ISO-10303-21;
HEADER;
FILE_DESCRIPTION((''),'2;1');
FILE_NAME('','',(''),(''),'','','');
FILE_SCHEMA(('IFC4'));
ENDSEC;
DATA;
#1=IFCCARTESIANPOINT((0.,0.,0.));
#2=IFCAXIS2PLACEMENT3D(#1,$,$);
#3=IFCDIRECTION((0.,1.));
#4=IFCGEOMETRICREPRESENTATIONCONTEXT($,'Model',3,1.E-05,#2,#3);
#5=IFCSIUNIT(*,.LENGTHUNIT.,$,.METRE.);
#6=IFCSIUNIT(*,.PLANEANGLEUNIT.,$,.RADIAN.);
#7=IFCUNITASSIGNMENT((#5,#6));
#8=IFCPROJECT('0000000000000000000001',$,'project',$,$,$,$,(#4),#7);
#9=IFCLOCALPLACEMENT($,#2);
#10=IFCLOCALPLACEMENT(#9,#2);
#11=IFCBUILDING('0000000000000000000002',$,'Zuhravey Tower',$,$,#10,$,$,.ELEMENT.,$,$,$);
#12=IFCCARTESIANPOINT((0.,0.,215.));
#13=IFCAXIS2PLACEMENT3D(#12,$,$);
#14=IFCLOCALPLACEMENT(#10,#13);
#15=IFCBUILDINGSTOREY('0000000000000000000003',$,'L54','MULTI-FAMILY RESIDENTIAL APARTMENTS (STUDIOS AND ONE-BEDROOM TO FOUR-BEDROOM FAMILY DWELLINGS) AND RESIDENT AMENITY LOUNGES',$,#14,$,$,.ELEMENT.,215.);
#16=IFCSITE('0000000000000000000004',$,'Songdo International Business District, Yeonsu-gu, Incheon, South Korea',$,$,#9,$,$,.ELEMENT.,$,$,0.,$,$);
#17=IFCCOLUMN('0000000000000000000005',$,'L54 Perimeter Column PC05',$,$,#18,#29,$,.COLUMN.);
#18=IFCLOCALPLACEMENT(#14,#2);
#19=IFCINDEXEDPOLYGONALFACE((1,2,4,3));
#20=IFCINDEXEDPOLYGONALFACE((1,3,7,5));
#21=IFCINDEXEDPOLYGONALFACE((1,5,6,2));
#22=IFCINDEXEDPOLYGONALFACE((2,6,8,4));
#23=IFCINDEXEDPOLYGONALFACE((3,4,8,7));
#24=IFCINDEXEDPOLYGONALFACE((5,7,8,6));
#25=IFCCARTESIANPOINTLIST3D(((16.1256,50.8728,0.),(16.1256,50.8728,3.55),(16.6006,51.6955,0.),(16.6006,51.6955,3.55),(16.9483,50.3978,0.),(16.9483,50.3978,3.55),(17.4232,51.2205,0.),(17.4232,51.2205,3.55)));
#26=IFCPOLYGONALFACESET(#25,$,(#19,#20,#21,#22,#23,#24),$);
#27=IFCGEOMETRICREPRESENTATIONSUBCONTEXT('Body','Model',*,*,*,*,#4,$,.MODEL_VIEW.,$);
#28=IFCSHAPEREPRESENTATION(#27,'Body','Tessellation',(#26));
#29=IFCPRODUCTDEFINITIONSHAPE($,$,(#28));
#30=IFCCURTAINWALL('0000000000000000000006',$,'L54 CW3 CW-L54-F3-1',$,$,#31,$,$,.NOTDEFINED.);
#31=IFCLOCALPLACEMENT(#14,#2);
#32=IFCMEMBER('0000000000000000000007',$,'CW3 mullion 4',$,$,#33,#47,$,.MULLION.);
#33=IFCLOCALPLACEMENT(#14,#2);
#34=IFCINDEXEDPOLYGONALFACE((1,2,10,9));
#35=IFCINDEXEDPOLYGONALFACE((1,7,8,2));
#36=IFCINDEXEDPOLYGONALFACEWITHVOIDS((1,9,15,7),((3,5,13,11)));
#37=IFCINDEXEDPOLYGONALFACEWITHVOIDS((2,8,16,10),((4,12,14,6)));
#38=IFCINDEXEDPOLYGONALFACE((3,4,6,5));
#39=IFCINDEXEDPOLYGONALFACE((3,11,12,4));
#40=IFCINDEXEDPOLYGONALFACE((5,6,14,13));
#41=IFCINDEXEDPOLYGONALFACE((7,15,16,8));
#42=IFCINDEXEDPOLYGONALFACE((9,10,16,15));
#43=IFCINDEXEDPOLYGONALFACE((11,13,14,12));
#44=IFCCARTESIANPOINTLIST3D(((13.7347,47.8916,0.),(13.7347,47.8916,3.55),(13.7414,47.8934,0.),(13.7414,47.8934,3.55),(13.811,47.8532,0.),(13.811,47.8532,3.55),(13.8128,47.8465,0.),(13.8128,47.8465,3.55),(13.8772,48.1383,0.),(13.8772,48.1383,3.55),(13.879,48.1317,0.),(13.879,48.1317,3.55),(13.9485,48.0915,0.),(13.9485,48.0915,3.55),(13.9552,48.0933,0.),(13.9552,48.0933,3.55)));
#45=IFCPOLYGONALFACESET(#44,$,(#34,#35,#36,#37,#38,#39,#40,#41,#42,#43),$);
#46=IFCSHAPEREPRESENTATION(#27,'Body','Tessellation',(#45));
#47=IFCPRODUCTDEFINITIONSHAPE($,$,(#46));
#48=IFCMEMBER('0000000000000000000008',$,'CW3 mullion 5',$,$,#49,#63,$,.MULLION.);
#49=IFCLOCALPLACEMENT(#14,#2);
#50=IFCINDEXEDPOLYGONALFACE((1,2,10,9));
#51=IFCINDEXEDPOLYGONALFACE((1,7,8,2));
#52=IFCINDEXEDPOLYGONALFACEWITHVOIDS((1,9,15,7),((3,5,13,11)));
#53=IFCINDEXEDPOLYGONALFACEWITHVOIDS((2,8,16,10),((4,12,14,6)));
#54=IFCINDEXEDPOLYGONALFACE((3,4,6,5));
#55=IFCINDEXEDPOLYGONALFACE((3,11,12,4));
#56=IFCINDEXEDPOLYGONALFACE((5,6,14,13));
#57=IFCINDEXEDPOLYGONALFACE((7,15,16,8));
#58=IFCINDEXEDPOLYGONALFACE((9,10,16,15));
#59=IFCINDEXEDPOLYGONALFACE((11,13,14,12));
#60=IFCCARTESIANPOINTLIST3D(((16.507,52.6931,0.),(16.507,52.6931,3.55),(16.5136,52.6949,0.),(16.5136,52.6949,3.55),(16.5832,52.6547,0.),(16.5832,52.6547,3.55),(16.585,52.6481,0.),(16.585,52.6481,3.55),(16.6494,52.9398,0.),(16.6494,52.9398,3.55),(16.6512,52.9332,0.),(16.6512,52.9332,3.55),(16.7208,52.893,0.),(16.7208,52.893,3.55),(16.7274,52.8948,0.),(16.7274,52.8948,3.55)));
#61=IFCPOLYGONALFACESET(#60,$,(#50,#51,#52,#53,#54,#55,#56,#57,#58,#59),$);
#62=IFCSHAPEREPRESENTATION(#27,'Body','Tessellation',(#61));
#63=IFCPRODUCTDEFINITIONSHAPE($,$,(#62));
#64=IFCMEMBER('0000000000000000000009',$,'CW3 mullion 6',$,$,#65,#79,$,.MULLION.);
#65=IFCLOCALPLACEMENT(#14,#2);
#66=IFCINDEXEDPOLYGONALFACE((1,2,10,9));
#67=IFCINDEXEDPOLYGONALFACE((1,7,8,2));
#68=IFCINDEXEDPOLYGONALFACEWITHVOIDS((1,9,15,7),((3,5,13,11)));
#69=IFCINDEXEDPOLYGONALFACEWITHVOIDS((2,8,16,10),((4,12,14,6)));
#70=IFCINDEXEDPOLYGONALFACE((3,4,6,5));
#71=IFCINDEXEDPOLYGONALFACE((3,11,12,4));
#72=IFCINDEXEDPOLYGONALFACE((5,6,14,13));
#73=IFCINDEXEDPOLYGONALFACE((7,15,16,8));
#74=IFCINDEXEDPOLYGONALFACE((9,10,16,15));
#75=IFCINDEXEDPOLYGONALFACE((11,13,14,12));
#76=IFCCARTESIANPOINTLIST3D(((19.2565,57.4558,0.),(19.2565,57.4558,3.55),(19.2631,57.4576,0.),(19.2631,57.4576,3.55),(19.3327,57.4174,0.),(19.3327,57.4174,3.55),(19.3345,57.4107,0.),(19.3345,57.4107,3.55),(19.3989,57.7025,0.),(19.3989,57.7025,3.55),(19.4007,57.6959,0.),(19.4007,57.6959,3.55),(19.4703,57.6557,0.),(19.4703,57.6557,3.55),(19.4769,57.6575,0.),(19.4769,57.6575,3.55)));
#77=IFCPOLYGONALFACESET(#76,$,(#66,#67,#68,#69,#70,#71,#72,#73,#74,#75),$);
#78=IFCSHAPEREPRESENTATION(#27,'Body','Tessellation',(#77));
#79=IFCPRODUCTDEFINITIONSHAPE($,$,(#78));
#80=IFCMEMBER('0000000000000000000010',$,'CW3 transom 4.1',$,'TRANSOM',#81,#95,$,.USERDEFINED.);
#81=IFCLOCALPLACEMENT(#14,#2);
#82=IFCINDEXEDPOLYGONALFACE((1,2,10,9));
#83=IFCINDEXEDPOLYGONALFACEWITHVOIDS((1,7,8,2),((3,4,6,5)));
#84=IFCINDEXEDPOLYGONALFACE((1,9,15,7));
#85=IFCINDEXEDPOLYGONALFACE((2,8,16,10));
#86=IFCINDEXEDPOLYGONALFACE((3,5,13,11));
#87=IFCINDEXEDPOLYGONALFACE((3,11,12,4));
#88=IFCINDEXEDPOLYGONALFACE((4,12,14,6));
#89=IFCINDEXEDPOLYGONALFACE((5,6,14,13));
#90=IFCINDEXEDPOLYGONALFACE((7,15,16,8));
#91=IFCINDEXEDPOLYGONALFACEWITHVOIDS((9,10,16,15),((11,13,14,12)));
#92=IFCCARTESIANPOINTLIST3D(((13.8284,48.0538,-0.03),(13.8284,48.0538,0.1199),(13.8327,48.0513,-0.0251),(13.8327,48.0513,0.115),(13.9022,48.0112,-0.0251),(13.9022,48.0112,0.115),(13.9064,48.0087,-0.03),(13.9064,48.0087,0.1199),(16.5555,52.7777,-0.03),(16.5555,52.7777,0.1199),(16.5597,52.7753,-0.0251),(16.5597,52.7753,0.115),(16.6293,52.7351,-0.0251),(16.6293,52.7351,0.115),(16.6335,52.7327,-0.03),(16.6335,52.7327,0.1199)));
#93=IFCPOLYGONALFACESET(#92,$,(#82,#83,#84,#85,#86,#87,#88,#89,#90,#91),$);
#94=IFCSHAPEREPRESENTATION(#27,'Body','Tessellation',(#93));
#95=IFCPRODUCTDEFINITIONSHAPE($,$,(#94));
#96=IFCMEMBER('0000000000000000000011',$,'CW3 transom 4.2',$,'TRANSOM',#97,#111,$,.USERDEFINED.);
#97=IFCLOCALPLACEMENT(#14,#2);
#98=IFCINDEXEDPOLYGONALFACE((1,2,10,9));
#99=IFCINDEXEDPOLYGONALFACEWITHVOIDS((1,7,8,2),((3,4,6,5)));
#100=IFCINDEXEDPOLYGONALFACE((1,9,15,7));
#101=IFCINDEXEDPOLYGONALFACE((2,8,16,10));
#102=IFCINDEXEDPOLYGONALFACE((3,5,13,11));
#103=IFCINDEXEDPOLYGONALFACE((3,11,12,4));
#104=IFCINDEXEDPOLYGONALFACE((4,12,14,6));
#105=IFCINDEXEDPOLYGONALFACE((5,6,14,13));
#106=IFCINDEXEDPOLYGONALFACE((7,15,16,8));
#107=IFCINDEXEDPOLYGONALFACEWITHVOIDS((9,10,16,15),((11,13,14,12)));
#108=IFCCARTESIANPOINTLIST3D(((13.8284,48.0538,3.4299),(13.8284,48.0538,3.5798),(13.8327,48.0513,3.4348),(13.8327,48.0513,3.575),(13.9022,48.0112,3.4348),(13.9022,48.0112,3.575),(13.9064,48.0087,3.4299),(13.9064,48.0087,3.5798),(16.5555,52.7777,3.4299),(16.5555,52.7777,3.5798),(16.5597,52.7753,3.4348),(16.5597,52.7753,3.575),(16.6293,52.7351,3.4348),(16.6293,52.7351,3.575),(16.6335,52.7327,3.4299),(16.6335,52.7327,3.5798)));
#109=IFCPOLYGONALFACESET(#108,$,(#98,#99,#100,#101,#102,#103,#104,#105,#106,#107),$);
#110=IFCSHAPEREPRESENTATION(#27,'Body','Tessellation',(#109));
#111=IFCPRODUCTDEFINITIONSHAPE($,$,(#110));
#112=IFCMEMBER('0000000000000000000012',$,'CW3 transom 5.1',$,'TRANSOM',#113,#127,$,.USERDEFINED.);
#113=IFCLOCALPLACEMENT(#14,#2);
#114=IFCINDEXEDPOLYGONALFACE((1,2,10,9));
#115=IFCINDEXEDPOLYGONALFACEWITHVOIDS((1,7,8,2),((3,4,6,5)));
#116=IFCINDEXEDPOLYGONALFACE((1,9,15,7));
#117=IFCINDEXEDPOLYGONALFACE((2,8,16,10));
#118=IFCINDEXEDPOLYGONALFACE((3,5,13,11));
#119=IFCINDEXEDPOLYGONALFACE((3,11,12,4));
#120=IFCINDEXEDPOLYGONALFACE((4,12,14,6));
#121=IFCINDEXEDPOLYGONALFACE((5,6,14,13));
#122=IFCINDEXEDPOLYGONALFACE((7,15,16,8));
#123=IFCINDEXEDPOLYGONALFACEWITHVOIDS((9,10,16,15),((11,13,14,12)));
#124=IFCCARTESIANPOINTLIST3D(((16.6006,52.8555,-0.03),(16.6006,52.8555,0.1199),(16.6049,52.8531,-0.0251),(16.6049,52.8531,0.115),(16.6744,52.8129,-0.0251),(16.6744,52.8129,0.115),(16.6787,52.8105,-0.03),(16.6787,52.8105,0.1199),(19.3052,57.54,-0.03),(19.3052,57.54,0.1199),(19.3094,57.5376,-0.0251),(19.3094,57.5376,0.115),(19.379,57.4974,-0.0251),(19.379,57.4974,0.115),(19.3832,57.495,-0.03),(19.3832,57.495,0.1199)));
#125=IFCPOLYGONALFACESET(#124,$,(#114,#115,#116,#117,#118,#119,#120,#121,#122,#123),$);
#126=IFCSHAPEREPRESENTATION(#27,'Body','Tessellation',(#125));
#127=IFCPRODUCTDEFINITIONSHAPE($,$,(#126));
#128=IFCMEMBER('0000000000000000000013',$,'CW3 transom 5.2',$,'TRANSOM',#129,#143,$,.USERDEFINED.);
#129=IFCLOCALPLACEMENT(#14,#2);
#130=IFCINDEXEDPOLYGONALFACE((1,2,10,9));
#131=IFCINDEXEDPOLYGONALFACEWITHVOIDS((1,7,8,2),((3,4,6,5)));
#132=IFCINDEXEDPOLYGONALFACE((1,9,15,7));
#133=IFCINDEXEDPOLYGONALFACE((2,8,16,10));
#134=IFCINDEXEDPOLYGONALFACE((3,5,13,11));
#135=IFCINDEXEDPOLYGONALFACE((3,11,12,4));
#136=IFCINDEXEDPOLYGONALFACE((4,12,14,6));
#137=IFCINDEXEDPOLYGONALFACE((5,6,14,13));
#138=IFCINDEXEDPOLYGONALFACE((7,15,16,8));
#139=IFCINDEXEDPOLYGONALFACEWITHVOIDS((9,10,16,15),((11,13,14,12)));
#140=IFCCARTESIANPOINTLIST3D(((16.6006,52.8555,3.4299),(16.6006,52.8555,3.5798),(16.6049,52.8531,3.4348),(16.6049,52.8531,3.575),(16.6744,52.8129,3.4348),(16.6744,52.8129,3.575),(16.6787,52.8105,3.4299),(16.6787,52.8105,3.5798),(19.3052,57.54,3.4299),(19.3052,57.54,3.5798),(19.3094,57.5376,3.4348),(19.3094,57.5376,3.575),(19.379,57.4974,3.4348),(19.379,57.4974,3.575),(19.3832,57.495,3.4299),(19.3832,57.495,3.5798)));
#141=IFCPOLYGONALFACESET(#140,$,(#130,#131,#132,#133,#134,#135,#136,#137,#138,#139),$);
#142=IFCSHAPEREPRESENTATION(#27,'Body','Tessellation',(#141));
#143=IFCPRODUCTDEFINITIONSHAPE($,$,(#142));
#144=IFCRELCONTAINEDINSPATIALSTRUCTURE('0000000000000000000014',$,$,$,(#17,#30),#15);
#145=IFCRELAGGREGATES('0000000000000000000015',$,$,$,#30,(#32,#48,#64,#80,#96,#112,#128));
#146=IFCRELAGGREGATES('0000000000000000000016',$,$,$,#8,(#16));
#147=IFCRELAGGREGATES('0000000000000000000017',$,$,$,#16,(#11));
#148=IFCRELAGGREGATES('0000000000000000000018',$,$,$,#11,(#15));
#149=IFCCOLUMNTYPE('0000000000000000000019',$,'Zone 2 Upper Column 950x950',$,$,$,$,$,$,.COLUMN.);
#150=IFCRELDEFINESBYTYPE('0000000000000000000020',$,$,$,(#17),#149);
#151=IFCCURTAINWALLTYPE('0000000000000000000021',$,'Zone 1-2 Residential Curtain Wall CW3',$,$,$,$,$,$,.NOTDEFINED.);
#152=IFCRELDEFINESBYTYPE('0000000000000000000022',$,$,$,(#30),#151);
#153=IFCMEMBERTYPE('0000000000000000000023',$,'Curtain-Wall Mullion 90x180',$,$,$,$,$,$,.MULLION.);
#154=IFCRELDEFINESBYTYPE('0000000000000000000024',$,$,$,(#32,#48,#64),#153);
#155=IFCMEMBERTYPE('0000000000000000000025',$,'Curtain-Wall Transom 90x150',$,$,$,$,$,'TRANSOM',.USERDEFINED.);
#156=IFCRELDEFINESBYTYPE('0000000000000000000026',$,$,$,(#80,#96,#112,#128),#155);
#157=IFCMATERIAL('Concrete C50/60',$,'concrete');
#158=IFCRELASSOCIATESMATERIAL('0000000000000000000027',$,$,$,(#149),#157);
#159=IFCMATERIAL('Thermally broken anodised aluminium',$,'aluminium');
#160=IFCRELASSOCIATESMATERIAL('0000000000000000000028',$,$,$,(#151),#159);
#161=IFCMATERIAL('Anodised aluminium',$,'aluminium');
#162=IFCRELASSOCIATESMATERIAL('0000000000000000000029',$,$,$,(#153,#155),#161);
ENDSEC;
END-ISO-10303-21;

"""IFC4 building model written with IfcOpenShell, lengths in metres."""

from ifc_helpers import new_model, si_unit, direction, frame, origin, origin_2d, place, context, subcontext, project, spatial, rectangle, hollow_rectangle, extrude, material, material_profile, profile_set, type_object, element, aggregate, save


model = new_model("IFC4")

# Units and contexts
model_context = context("Model", 3, precision=1e-05, world=origin(), true_north=direction((0.0, 1.0)))
body_context = subcontext(model_context, "Body", "Model", "MODEL_VIEW")
ifc_project = project(units=[si_unit("LENGTHUNIT", "METRE"), si_unit("PLANEANGLEUNIT", "RADIAN")], contexts=[model_context])

# Site, building, storey
site_placement = place(None, origin())
site = spatial("IfcSite", under=ifc_project, at=site_placement, Name="Songdo International Business District, Yeonsu-gu, Incheon, South Korea", CompositionType="ELEMENT", RefElevation=0.0)
building_placement = place(site_placement, origin())
building = spatial("IfcBuilding", under=site, at=building_placement, Name="Zuhravey Tower", CompositionType="ELEMENT")
storey_placement = place(building_placement, frame((0.0, 0.0, 215.0)))
storey = spatial("IfcBuildingStorey", under=building, at=storey_placement, Name="L54", Description="MULTI-FAMILY RESIDENTIAL APARTMENTS (STUDIOS AND ONE-BEDROOM TO FOUR-BEDROOM FAMILY DWELLINGS) AND RESIDENT AMENITY LOUNGES", CompositionType="ELEMENT", Elevation=215.0)

# Column
ifc_material_1 = material(Name="Concrete C50/60", Category="concrete")
ifc_material_profile_1 = material_profile(ifc_material_1, rectangle(XDim=0.95, YDim=0.95, at=origin_2d()), Name="RC-950x950")
ifc_profile_set_1 = profile_set([ifc_material_profile_1], Name="Concrete C50/60")
column_type = type_object("IfcColumnType", Name="Zone 2 Upper Column 950x950", PredefinedType="COLUMN", material=ifc_profile_set_1)
column_placement = place(storey_placement, frame((16.7744, 51.0466, 0.0), z_axis=(0.0, 0.0, 1.0), x_axis=(-0.5, -0.866025, 0.0)))
element("IfcColumn", 1, at=column_placement, inside=storey, type_object=column_type, Name="L54 Perimeter Column PC05", PredefinedType="COLUMN", context=body_context, shape_type="SweptSolid", body=[
    extrude(rectangle(XDim=0.95, YDim=0.95, at=origin_2d()), origin(), (0.0, 0.0, 1.0), 3.55),
])

# Curtain wall, members
ifc_material_2 = material(Name="Thermally broken anodised aluminium", Category="aluminium")
curtain_wall_type = type_object("IfcCurtainWallType", Name="Zone 1-2 Residential Curtain Wall CW3", PredefinedType="NOTDEFINED", material=ifc_material_2)
curtain_wall_placement = place(storey_placement, origin())
curtain_wall = element("IfcCurtainWall", 2, at=curtain_wall_placement, inside=storey, type_object=curtain_wall_type, Name="L54 CW3 CW-L54-F3-1", PredefinedType="NOTDEFINED")
ifc_material_3 = material(Name="Anodised aluminium", Category="aluminium")
ifc_material_profile_2 = material_profile(ifc_material_3, hollow_rectangle(XDim=0.0901, YDim=0.2849, WallThickness=0.0049, at=origin_2d()), Name="ALU-RHS-90x285x5")
ifc_profile_set_2 = profile_set([ifc_material_profile_2], Name="Anodised aluminium")
member_type_1 = type_object("IfcMemberType", Name="Curtain-Wall Mullion 90x180", PredefinedType="MULLION", material=ifc_profile_set_2)
member_1_placement = place(storey_placement, frame((13.845, 47.9924, 0.0), z_axis=(0.0, 0.0, 1.0), x_axis=(-0.866025, 0.5, 0.0)))
member_1 = element("IfcMember", 3, at=member_1_placement, type_object=member_type_1, Name="CW3 mullion 4", PredefinedType="MULLION", context=body_context, shape_type="SweptSolid", body=[
    extrude(hollow_rectangle(XDim=0.0901, YDim=0.2849, WallThickness=0.0049, at=origin_2d()), origin(), (0.0, 0.0, 1.0), 3.55),
])
member_2_placement = place(storey_placement, frame((16.6172, 52.7939, 0.0), z_axis=(0.0, 0.0, 1.0), x_axis=(-0.866025, 0.5, 0.0)))
member_2 = element("IfcMember", 4, at=member_2_placement, type_object=member_type_1, Name="CW3 mullion 5", PredefinedType="MULLION", context=body_context, shape_type="SweptSolid", body=[
    extrude(hollow_rectangle(XDim=0.0901, YDim=0.2849, WallThickness=0.0049, at=origin_2d()), origin(), (0.0, 0.0, 1.0), 3.55),
])
member_3_placement = place(storey_placement, frame((19.3667, 57.5566, 0.0), z_axis=(0.0, 0.0, 1.0), x_axis=(-0.866025, 0.5, 0.0)))
member_3 = element("IfcMember", 5, at=member_3_placement, type_object=member_type_1, Name="CW3 mullion 6", PredefinedType="MULLION", context=body_context, shape_type="SweptSolid", body=[
    extrude(hollow_rectangle(XDim=0.0901, YDim=0.2849, WallThickness=0.0049, at=origin_2d()), origin(), (0.0, 0.0, 1.0), 3.55),
])
ifc_material_profile_3 = material_profile(ifc_material_3, hollow_rectangle(XDim=0.0901, YDim=0.1499, WallThickness=0.0049, at=origin_2d()), Name="ALU-RHS-90x150x5")
ifc_profile_set_3 = profile_set([ifc_material_profile_3], Name="Anodised aluminium")
member_type_2 = type_object("IfcMemberType", Name="Curtain-Wall Transom 90x150", ElementType="TRANSOM", PredefinedType="USERDEFINED", material=ifc_profile_set_3)
member_4_placement = place(storey_placement, frame((13.8674, 48.0312, 0.0449), z_axis=(0.499961, 0.866048, 0.0), x_axis=(-0.866048, 0.499961, 0.0)))
member_4 = element("IfcMember", 6, at=member_4_placement, type_object=member_type_2, Name="CW3 transom 4.1", ObjectType="TRANSOM", PredefinedType="USERDEFINED", context=body_context, shape_type="SweptSolid", body=[
    extrude(hollow_rectangle(XDim=0.0901, YDim=0.1499, WallThickness=0.0049, at=origin_2d()), origin(), (0.0, 0.0, 1.0), 5.4546),
])
member_5_placement = place(storey_placement, frame((13.8674, 48.0312, 3.5049), z_axis=(0.499961, 0.866048, 0.0), x_axis=(-0.866048, 0.499961, 0.0)))
member_5 = element("IfcMember", 7, at=member_5_placement, type_object=member_type_2, Name="CW3 transom 4.2", ObjectType="TRANSOM", PredefinedType="USERDEFINED", context=body_context, shape_type="SweptSolid", body=[
    extrude(hollow_rectangle(XDim=0.0901, YDim=0.1499, WallThickness=0.0049, at=origin_2d()), origin(), (0.0, 0.0, 1.0), 5.4546),
])
member_6_placement = place(storey_placement, frame((16.6396, 52.833, 0.0449), z_axis=(0.499993, 0.866029, 0.0), x_axis=(-0.866029, 0.499993, 0.0)))
member_6 = element("IfcMember", 8, at=member_6_placement, type_object=member_type_2, Name="CW3 transom 5.1", ObjectType="TRANSOM", PredefinedType="USERDEFINED", context=body_context, shape_type="SweptSolid", body=[
    extrude(hollow_rectangle(XDim=0.0901, YDim=0.1499, WallThickness=0.0049, at=origin_2d()), origin(), (0.0, 0.0, 1.0), 5.4092),
])
member_7_placement = place(storey_placement, frame((16.6396, 52.833, 3.5049), z_axis=(0.499993, 0.866029, 0.0), x_axis=(-0.866029, 0.499993, 0.0)))
member_7 = element("IfcMember", 9, at=member_7_placement, type_object=member_type_2, Name="CW3 transom 5.2", ObjectType="TRANSOM", PredefinedType="USERDEFINED", context=body_context, shape_type="SweptSolid", body=[
    extrude(hollow_rectangle(XDim=0.0901, YDim=0.1499, WallThickness=0.0049, at=origin_2d()), origin(), (0.0, 0.0, 1.0), 5.4092),
])

aggregate(curtain_wall, [member_1, member_2, member_3, member_4, member_5, member_6, member_7])

save(model, "model.ifc")
